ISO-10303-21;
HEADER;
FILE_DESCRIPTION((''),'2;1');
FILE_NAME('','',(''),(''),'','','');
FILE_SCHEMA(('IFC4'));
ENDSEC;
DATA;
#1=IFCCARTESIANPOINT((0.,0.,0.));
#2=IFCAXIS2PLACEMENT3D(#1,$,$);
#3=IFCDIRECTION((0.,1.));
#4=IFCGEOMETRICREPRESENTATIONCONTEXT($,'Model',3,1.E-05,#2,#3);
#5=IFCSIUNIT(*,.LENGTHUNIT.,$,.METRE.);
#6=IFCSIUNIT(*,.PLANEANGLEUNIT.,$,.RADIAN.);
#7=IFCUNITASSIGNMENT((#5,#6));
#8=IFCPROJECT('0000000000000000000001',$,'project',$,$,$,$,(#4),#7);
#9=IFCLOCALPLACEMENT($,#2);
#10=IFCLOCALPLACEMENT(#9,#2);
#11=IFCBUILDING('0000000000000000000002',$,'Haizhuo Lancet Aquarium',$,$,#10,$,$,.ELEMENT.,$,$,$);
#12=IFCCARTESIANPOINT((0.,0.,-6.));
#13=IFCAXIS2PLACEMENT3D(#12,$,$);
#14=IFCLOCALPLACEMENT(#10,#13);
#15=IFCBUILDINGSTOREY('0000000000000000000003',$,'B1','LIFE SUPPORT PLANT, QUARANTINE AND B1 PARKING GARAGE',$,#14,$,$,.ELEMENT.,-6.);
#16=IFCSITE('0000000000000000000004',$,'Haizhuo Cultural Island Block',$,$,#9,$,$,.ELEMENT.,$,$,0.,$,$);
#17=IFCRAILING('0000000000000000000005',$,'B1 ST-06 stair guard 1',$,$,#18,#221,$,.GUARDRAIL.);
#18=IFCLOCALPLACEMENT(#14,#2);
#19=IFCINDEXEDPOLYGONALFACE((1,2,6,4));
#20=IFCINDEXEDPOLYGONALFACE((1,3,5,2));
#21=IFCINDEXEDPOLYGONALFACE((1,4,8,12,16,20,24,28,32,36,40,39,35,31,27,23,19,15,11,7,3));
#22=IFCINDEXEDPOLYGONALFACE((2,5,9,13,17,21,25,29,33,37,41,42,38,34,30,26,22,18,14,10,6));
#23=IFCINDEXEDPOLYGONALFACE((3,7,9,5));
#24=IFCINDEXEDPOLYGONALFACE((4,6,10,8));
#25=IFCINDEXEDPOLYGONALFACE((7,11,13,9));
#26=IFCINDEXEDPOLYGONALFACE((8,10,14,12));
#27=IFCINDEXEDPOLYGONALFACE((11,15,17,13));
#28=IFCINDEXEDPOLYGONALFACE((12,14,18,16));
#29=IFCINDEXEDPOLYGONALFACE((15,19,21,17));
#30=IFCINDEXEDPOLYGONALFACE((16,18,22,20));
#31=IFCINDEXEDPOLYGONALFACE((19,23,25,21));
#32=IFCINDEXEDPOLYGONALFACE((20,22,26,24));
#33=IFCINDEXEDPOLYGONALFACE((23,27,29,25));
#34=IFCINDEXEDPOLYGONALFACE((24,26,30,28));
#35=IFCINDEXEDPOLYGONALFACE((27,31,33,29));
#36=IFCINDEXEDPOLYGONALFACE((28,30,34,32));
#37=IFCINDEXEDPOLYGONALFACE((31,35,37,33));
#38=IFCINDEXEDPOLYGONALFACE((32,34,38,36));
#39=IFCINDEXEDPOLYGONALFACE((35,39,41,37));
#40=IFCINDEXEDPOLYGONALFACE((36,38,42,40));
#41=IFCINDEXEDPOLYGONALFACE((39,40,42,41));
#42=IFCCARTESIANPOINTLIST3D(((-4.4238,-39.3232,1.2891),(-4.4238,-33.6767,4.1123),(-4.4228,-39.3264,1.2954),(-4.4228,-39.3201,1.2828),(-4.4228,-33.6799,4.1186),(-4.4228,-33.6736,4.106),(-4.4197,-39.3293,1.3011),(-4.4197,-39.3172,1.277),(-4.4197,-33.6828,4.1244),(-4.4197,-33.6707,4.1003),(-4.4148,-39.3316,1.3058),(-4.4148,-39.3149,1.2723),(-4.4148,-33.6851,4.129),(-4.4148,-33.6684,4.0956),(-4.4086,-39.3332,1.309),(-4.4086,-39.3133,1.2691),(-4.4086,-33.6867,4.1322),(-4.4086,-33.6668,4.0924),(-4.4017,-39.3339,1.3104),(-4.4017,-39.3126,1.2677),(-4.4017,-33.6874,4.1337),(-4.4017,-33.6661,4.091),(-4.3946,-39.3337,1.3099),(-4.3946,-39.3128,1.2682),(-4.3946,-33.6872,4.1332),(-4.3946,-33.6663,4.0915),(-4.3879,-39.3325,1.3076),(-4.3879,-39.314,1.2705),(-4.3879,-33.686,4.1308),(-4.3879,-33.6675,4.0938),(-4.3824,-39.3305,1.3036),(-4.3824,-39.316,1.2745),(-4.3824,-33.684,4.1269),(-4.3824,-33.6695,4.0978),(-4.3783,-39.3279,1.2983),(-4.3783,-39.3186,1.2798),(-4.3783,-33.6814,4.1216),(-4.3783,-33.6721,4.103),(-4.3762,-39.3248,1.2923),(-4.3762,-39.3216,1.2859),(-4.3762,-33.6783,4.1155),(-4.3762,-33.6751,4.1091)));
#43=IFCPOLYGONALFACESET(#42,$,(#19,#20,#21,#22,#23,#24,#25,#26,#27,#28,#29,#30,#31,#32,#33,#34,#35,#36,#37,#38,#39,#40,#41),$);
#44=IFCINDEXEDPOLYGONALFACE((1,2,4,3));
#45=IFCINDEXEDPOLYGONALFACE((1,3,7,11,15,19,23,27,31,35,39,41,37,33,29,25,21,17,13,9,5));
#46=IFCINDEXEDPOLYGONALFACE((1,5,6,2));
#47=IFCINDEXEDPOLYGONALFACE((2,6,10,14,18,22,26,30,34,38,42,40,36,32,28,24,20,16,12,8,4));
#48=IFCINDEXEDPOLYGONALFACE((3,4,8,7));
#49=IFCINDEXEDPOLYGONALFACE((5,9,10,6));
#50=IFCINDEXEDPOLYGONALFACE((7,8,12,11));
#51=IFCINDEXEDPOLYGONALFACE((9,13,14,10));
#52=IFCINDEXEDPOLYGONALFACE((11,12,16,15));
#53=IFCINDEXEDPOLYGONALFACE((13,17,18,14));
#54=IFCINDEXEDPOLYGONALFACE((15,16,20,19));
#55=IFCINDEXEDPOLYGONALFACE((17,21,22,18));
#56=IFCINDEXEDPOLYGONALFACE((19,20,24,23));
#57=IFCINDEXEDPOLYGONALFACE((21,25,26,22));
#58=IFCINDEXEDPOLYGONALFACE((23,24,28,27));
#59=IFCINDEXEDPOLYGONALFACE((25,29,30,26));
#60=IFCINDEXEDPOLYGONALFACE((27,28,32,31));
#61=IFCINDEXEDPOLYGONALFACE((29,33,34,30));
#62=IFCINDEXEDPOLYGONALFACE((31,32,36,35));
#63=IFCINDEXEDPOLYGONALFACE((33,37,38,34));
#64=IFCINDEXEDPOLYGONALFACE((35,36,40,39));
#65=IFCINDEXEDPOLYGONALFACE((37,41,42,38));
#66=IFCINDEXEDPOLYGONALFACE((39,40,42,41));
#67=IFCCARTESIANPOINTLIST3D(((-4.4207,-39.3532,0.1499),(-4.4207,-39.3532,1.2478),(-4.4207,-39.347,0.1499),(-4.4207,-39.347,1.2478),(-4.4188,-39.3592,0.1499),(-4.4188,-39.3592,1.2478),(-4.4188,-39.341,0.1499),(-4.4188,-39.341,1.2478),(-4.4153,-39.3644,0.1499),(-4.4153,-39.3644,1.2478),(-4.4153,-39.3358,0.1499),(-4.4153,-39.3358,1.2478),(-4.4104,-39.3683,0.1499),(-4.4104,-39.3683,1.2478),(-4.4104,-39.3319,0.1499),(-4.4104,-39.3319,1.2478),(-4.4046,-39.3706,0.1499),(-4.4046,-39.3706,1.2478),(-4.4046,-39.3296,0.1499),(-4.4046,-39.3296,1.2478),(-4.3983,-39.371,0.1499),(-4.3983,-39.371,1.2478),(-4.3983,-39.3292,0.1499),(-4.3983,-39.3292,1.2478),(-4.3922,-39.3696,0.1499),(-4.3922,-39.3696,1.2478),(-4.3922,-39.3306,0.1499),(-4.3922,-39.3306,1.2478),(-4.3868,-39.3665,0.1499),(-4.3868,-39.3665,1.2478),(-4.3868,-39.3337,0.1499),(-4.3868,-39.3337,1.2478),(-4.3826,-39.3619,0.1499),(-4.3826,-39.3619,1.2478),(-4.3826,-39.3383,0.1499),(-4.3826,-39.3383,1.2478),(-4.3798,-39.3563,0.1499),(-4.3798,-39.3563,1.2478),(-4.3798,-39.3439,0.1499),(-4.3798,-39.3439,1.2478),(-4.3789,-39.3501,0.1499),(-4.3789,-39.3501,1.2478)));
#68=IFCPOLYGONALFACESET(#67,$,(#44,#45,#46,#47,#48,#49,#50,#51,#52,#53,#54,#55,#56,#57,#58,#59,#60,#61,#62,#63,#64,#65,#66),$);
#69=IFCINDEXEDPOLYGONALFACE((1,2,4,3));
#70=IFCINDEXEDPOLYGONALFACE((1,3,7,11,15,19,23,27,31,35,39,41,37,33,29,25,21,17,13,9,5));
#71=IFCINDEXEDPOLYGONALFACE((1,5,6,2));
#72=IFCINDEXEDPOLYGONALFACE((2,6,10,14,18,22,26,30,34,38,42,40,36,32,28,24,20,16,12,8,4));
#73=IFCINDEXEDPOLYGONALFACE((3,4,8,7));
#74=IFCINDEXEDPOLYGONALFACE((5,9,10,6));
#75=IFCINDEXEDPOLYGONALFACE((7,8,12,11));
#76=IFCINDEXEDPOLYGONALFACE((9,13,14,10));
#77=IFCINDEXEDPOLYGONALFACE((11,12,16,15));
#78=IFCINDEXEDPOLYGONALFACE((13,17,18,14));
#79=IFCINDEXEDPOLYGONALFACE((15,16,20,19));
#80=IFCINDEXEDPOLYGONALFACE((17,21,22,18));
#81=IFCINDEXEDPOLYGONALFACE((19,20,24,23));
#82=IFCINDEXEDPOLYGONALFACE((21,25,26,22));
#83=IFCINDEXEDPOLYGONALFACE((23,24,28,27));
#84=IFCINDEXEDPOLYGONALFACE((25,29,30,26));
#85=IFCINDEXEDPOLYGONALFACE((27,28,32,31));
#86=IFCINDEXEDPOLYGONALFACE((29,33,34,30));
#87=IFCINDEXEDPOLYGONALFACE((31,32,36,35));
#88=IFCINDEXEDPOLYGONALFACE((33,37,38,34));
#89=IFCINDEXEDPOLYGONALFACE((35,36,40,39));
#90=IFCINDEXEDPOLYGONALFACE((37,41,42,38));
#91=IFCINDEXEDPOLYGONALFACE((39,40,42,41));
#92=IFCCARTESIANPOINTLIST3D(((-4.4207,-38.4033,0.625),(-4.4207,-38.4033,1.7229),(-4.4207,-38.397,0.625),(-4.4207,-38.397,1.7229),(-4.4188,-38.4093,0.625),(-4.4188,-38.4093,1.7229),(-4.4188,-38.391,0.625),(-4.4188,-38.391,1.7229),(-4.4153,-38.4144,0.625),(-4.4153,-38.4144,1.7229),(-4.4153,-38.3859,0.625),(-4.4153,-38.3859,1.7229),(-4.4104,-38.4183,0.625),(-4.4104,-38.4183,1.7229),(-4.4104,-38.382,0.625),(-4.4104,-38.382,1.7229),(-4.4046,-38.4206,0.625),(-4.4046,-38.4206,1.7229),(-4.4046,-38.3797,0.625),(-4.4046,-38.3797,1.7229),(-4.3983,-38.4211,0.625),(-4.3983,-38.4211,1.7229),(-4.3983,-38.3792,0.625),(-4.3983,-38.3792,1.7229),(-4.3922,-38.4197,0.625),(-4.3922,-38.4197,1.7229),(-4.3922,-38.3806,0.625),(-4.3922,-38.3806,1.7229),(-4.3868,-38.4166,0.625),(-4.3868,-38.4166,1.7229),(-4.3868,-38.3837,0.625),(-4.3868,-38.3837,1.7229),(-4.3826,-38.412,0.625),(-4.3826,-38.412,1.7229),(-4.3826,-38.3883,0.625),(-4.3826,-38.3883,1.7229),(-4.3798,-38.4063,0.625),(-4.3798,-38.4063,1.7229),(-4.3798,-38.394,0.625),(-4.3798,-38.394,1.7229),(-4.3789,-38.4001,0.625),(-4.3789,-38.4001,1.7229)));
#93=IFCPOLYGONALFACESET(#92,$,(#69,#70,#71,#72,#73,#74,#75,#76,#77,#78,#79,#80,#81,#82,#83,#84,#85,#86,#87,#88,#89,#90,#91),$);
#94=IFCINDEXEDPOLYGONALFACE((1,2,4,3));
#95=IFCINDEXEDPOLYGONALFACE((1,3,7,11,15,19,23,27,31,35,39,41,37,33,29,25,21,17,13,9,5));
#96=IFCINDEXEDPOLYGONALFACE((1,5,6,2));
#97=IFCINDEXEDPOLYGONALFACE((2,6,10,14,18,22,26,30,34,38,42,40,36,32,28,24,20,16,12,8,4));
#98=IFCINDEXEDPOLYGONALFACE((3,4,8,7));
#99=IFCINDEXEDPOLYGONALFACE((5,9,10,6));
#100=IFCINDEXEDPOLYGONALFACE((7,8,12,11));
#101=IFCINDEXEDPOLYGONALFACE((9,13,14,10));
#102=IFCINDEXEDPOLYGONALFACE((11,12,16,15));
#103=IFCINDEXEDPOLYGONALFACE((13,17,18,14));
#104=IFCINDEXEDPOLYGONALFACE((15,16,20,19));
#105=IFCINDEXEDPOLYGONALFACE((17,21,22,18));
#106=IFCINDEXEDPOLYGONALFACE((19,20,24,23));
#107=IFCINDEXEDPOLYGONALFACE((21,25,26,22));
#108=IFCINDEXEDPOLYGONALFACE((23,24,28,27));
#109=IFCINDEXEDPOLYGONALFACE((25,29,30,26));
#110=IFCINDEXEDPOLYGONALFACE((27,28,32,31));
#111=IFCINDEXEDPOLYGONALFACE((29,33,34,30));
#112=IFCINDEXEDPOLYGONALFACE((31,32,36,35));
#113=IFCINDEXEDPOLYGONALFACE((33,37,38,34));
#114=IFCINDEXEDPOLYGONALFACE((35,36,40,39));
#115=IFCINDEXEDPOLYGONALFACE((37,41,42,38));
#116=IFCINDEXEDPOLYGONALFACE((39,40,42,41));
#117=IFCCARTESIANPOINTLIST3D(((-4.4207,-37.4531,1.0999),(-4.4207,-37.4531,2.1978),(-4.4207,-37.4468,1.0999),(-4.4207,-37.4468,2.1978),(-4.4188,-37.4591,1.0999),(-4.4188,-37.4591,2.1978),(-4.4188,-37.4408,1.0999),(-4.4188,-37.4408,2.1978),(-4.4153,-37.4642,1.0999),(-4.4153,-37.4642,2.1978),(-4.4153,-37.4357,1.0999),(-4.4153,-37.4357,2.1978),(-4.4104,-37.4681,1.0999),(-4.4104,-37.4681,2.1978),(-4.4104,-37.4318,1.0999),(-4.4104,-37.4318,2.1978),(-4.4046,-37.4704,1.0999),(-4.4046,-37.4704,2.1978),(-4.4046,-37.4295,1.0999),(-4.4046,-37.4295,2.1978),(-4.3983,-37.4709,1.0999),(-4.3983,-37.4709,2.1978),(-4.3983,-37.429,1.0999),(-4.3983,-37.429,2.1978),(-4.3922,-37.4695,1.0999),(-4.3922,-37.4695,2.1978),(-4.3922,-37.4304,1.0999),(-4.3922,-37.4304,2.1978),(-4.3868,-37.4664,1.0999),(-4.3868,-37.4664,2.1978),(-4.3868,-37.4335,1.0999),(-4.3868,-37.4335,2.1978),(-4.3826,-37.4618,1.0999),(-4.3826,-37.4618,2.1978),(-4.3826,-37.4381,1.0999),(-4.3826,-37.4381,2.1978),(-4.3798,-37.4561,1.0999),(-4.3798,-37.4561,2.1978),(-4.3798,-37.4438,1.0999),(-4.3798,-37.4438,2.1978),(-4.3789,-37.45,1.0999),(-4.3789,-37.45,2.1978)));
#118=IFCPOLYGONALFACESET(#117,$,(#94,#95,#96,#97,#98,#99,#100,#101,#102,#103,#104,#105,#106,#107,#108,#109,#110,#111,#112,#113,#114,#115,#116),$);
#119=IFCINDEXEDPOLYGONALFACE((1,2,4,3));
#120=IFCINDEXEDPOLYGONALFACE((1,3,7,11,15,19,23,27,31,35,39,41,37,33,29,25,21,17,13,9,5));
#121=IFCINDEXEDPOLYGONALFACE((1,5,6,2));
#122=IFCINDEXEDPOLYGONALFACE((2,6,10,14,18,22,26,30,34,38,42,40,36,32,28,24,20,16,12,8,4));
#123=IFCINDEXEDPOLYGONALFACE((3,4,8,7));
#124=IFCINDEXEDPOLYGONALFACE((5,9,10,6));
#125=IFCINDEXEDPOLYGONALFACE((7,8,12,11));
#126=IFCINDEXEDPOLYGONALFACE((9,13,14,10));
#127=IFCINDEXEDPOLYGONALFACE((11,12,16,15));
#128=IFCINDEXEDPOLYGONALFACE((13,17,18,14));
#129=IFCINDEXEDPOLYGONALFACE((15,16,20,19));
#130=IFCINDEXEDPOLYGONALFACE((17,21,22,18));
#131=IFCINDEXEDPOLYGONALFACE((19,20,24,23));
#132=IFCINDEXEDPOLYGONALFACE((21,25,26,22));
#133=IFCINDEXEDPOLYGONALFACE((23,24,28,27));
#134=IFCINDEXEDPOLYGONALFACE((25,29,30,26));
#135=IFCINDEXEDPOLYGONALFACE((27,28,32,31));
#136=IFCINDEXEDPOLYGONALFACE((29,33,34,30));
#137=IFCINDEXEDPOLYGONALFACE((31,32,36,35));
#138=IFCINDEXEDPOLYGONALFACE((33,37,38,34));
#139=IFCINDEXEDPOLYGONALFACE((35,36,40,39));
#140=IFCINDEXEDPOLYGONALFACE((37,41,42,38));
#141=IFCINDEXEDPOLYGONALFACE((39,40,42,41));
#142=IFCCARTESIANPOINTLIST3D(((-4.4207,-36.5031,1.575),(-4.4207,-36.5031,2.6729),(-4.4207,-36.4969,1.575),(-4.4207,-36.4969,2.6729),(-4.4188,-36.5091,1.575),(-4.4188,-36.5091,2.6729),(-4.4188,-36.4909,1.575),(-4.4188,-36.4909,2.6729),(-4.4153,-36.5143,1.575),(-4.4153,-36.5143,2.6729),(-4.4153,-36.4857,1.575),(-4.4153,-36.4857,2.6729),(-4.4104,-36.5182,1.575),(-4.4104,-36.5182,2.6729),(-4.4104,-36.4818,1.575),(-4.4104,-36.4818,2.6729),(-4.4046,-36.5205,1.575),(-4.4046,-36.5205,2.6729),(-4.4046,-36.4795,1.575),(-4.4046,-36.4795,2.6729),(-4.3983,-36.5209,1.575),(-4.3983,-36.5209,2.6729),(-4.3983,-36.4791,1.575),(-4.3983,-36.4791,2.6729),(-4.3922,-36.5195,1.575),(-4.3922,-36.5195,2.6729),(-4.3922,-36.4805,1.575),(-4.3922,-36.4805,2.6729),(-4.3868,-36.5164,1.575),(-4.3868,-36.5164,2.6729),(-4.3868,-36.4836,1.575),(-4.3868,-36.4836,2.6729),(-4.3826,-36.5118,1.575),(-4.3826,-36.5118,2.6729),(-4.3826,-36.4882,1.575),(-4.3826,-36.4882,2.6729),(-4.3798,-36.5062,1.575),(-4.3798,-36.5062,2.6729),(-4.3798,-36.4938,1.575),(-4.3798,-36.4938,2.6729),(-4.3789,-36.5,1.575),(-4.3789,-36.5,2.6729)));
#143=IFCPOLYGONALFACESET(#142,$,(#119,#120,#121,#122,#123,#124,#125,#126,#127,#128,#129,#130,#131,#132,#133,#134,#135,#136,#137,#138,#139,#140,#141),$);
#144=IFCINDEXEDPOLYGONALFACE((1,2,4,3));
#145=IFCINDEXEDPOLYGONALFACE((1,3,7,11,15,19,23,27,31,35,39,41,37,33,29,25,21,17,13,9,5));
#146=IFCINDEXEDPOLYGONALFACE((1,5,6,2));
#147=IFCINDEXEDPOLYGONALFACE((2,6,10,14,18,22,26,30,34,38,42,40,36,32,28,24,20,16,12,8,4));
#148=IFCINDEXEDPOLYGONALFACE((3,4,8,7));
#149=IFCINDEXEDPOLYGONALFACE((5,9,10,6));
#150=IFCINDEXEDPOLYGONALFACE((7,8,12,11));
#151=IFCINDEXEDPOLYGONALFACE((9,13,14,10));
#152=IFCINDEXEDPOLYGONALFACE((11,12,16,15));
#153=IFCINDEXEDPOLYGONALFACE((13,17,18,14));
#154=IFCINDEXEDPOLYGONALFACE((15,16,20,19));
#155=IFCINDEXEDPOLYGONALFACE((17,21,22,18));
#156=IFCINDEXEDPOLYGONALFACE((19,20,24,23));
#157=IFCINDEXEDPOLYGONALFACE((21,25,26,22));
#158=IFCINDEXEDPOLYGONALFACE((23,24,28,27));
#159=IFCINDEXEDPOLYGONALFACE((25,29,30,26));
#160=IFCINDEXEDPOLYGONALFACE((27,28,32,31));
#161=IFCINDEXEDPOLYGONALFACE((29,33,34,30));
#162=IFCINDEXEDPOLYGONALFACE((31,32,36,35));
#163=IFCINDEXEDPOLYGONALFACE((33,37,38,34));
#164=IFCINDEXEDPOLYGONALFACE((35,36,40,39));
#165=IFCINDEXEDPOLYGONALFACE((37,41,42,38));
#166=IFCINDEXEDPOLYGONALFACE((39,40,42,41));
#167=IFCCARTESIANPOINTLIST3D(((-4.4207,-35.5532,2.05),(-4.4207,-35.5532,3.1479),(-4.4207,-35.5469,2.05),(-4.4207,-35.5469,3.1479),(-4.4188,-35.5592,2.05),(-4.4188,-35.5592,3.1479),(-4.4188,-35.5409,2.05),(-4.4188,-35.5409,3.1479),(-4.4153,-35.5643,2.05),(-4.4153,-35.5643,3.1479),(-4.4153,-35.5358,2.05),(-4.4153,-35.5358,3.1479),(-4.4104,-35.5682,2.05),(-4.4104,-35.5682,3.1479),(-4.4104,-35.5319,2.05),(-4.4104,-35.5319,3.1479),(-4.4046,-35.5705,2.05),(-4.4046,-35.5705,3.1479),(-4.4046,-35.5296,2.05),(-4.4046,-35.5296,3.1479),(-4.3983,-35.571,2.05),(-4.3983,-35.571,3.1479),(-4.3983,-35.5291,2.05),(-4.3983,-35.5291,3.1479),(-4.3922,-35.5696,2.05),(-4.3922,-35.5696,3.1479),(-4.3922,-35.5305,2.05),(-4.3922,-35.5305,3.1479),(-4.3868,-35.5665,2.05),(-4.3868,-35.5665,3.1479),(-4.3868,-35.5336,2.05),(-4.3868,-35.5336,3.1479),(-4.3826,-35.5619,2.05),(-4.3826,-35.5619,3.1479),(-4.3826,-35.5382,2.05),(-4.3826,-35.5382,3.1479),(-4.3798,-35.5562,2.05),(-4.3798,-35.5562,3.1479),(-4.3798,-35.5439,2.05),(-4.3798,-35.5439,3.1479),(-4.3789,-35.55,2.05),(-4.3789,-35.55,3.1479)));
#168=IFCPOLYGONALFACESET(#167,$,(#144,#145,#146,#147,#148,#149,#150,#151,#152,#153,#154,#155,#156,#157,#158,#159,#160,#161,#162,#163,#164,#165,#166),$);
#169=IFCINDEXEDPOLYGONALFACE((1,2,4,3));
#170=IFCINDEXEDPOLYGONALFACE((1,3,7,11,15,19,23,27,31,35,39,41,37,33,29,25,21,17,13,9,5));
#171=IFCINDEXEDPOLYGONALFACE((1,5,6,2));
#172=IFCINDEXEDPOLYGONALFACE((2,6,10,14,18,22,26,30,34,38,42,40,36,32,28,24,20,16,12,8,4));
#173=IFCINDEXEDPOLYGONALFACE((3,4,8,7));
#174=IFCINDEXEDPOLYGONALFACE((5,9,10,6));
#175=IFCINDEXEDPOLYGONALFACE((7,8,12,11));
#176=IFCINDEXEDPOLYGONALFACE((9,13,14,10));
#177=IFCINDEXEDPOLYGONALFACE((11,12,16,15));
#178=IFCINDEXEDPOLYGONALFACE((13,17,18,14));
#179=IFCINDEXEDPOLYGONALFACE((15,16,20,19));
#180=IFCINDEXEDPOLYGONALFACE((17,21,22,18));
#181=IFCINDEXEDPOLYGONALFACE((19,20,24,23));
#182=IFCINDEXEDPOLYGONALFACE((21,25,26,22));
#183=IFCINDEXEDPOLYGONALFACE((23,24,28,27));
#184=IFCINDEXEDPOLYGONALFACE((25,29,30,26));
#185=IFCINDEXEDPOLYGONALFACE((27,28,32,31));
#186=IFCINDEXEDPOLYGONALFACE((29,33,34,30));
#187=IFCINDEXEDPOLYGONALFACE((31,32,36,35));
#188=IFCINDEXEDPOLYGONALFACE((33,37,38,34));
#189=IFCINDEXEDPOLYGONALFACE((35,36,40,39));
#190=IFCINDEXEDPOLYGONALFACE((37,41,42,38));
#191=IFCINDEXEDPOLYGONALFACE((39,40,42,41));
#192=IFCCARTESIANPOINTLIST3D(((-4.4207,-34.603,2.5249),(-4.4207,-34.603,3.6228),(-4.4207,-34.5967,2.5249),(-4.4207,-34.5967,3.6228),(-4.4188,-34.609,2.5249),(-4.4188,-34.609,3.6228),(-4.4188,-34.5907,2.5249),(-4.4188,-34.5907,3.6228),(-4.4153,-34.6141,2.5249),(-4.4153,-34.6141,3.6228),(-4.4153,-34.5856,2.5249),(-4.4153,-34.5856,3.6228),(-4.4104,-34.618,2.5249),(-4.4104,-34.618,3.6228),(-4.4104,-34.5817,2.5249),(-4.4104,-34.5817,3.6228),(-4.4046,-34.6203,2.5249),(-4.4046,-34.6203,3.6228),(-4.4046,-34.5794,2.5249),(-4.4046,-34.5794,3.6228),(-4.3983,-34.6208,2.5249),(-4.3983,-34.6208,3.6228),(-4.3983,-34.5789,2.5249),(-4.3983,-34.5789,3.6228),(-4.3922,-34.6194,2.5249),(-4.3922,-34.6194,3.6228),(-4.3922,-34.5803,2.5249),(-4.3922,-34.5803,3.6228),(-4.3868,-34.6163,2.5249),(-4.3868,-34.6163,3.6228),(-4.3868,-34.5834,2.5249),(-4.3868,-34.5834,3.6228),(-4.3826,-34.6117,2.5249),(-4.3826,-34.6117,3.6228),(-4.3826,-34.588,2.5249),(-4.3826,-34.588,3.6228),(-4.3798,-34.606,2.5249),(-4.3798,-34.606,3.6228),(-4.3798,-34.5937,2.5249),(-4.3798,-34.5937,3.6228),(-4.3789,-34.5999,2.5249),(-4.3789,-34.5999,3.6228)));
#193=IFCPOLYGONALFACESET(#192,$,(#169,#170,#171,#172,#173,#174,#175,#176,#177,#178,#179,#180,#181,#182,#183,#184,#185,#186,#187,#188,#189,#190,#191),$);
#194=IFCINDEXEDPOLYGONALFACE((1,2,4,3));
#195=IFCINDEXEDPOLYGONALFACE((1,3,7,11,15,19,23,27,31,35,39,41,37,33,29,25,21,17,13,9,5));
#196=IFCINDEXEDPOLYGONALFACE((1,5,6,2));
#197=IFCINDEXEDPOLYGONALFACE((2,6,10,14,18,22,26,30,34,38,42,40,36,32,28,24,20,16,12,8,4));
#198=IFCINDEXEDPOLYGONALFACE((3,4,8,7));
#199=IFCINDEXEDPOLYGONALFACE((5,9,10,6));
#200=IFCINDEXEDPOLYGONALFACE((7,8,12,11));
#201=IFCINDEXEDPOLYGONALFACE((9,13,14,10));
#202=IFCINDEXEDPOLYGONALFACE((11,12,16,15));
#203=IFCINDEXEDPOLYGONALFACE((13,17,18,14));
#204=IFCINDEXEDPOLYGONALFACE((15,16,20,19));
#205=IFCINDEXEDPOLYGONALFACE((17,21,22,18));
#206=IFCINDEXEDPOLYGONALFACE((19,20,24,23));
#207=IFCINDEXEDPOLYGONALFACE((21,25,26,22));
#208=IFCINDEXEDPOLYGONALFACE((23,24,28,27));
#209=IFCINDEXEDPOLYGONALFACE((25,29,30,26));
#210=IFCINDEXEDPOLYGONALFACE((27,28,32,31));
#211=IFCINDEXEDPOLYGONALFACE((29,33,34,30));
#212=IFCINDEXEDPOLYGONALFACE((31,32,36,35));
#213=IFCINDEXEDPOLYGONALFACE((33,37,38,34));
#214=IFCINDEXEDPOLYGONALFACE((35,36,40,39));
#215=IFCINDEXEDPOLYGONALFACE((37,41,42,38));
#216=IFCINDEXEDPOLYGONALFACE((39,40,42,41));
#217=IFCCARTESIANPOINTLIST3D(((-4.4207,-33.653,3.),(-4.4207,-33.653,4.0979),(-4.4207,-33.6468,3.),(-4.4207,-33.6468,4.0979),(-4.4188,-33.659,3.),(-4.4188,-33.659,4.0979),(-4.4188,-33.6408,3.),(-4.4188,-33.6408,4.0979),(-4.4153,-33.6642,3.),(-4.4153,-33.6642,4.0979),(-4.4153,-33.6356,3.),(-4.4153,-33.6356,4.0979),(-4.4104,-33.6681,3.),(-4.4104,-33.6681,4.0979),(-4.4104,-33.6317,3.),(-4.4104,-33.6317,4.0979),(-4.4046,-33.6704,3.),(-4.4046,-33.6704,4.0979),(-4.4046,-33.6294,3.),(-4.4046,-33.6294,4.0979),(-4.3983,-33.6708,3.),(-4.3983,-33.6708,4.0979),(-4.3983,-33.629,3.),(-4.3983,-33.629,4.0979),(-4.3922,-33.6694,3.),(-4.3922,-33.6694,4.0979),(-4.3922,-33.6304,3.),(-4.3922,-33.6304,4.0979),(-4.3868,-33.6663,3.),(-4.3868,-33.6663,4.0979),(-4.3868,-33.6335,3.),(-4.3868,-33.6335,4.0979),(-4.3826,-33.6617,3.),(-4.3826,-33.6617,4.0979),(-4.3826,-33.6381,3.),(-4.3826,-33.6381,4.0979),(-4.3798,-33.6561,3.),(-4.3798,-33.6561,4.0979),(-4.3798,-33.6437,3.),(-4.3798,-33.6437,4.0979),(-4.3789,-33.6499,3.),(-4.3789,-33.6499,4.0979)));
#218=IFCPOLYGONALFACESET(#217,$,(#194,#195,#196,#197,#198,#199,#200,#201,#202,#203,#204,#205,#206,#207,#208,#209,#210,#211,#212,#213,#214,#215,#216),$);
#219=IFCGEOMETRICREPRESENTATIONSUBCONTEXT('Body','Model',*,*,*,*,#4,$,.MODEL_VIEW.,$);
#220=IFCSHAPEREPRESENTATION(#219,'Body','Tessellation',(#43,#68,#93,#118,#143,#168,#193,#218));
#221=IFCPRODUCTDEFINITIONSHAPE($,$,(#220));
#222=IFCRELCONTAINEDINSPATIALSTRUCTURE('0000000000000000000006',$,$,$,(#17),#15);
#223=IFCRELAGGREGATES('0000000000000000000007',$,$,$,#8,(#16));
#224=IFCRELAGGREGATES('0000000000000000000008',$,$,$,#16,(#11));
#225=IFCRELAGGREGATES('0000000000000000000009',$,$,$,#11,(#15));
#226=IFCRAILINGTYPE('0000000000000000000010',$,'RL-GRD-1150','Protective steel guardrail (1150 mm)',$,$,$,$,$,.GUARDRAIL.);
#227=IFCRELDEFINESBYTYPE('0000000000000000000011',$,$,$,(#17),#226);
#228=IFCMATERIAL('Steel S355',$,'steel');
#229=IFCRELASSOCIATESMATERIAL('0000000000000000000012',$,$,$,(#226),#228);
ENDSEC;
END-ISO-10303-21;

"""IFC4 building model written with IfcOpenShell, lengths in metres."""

from ifc_helpers import new_model, si_unit, direction, frame, origin, origin_2d, place, context, subcontext, project, spatial, circle, extrude, material, type_object, element, save


model = new_model("IFC4")

# Units and contexts
model_context = context("Model", 3, precision=1e-05, world=origin(), true_north=direction((0.0, 1.0)))
body_context = subcontext(model_context, "Body", "Model", "MODEL_VIEW")
ifc_project = project(units=[si_unit("LENGTHUNIT", "METRE"), si_unit("PLANEANGLEUNIT", "RADIAN")], contexts=[model_context])

# Site, building, storey
site_placement = place(None, origin())
site = spatial("IfcSite", under=ifc_project, at=site_placement, Name="Haizhuo Cultural Island Block", CompositionType="ELEMENT", RefElevation=0.0)
building_placement = place(site_placement, origin())
building = spatial("IfcBuilding", under=site, at=building_placement, Name="Haizhuo Lancet Aquarium", CompositionType="ELEMENT")
storey_placement = place(building_placement, frame((0.0, 0.0, -6.0)))
storey = spatial("IfcBuildingStorey", under=building, at=storey_placement, Name="B1", Description="LIFE SUPPORT PLANT, QUARANTINE AND B1 PARKING GARAGE", CompositionType="ELEMENT", Elevation=-6.0)

# Shared definitions
ifc_material_1 = material(Name="Steel S355", Category="steel")

# Railing
railing_type_1 = type_object("IfcRailingType", Name="RL-GRD-1150", Description="Protective steel guardrail (1150 mm)", PredefinedType="GUARDRAIL", material=ifc_material_1)
railing_1_placement = place(storey_placement, frame((-4.3999, -39.3501, 0.1499)))
element("IfcRailing", 1, at=railing_1_placement, inside=storey, type_object=railing_type_1, Name="B1 ST-06 stair guard 1", PredefinedType="GUARDRAIL", context=body_context, shape_type="SweptSolid", body=[
    extrude(circle(Radius=0.0239, at=origin_2d()), frame((0.0, 0.0269, 1.1392), z_axis=(0.0, 0.894427, 0.447214), x_axis=(-1.0, 0.0, 0.0)), (0.0, 0.0, 1.0), 6.313),
    extrude(circle(Radius=0.021, at=origin_2d()), origin(), (0.0, 0.0, 1.0), 1.0979),
    extrude(circle(Radius=0.021, at=origin_2d()), frame((0.0, 0.95, 0.4751)), (0.0, 0.0, 1.0), 1.0979),
    extrude(circle(Radius=0.021, at=origin_2d()), frame((0.0, 1.9001, 0.95)), (0.0, 0.0, 1.0), 1.0979),
    extrude(circle(Radius=0.021, at=origin_2d()), frame((0.0, 2.8501, 1.425)), (0.0, 0.0, 1.0), 1.0979),
    extrude(circle(Radius=0.021, at=origin_2d()), frame((0.0, 3.8, 1.9001)), (0.0, 0.0, 1.0), 1.0979),
    extrude(circle(Radius=0.021, at=origin_2d()), frame((0.0, 4.7502, 2.375)), (0.0, 0.0, 1.0), 1.0979),
    extrude(circle(Radius=0.021, at=origin_2d()), frame((0.0, 5.7002, 2.8501)), (0.0, 0.0, 1.0), 1.0979),
])

save(model, "model.ifc")
